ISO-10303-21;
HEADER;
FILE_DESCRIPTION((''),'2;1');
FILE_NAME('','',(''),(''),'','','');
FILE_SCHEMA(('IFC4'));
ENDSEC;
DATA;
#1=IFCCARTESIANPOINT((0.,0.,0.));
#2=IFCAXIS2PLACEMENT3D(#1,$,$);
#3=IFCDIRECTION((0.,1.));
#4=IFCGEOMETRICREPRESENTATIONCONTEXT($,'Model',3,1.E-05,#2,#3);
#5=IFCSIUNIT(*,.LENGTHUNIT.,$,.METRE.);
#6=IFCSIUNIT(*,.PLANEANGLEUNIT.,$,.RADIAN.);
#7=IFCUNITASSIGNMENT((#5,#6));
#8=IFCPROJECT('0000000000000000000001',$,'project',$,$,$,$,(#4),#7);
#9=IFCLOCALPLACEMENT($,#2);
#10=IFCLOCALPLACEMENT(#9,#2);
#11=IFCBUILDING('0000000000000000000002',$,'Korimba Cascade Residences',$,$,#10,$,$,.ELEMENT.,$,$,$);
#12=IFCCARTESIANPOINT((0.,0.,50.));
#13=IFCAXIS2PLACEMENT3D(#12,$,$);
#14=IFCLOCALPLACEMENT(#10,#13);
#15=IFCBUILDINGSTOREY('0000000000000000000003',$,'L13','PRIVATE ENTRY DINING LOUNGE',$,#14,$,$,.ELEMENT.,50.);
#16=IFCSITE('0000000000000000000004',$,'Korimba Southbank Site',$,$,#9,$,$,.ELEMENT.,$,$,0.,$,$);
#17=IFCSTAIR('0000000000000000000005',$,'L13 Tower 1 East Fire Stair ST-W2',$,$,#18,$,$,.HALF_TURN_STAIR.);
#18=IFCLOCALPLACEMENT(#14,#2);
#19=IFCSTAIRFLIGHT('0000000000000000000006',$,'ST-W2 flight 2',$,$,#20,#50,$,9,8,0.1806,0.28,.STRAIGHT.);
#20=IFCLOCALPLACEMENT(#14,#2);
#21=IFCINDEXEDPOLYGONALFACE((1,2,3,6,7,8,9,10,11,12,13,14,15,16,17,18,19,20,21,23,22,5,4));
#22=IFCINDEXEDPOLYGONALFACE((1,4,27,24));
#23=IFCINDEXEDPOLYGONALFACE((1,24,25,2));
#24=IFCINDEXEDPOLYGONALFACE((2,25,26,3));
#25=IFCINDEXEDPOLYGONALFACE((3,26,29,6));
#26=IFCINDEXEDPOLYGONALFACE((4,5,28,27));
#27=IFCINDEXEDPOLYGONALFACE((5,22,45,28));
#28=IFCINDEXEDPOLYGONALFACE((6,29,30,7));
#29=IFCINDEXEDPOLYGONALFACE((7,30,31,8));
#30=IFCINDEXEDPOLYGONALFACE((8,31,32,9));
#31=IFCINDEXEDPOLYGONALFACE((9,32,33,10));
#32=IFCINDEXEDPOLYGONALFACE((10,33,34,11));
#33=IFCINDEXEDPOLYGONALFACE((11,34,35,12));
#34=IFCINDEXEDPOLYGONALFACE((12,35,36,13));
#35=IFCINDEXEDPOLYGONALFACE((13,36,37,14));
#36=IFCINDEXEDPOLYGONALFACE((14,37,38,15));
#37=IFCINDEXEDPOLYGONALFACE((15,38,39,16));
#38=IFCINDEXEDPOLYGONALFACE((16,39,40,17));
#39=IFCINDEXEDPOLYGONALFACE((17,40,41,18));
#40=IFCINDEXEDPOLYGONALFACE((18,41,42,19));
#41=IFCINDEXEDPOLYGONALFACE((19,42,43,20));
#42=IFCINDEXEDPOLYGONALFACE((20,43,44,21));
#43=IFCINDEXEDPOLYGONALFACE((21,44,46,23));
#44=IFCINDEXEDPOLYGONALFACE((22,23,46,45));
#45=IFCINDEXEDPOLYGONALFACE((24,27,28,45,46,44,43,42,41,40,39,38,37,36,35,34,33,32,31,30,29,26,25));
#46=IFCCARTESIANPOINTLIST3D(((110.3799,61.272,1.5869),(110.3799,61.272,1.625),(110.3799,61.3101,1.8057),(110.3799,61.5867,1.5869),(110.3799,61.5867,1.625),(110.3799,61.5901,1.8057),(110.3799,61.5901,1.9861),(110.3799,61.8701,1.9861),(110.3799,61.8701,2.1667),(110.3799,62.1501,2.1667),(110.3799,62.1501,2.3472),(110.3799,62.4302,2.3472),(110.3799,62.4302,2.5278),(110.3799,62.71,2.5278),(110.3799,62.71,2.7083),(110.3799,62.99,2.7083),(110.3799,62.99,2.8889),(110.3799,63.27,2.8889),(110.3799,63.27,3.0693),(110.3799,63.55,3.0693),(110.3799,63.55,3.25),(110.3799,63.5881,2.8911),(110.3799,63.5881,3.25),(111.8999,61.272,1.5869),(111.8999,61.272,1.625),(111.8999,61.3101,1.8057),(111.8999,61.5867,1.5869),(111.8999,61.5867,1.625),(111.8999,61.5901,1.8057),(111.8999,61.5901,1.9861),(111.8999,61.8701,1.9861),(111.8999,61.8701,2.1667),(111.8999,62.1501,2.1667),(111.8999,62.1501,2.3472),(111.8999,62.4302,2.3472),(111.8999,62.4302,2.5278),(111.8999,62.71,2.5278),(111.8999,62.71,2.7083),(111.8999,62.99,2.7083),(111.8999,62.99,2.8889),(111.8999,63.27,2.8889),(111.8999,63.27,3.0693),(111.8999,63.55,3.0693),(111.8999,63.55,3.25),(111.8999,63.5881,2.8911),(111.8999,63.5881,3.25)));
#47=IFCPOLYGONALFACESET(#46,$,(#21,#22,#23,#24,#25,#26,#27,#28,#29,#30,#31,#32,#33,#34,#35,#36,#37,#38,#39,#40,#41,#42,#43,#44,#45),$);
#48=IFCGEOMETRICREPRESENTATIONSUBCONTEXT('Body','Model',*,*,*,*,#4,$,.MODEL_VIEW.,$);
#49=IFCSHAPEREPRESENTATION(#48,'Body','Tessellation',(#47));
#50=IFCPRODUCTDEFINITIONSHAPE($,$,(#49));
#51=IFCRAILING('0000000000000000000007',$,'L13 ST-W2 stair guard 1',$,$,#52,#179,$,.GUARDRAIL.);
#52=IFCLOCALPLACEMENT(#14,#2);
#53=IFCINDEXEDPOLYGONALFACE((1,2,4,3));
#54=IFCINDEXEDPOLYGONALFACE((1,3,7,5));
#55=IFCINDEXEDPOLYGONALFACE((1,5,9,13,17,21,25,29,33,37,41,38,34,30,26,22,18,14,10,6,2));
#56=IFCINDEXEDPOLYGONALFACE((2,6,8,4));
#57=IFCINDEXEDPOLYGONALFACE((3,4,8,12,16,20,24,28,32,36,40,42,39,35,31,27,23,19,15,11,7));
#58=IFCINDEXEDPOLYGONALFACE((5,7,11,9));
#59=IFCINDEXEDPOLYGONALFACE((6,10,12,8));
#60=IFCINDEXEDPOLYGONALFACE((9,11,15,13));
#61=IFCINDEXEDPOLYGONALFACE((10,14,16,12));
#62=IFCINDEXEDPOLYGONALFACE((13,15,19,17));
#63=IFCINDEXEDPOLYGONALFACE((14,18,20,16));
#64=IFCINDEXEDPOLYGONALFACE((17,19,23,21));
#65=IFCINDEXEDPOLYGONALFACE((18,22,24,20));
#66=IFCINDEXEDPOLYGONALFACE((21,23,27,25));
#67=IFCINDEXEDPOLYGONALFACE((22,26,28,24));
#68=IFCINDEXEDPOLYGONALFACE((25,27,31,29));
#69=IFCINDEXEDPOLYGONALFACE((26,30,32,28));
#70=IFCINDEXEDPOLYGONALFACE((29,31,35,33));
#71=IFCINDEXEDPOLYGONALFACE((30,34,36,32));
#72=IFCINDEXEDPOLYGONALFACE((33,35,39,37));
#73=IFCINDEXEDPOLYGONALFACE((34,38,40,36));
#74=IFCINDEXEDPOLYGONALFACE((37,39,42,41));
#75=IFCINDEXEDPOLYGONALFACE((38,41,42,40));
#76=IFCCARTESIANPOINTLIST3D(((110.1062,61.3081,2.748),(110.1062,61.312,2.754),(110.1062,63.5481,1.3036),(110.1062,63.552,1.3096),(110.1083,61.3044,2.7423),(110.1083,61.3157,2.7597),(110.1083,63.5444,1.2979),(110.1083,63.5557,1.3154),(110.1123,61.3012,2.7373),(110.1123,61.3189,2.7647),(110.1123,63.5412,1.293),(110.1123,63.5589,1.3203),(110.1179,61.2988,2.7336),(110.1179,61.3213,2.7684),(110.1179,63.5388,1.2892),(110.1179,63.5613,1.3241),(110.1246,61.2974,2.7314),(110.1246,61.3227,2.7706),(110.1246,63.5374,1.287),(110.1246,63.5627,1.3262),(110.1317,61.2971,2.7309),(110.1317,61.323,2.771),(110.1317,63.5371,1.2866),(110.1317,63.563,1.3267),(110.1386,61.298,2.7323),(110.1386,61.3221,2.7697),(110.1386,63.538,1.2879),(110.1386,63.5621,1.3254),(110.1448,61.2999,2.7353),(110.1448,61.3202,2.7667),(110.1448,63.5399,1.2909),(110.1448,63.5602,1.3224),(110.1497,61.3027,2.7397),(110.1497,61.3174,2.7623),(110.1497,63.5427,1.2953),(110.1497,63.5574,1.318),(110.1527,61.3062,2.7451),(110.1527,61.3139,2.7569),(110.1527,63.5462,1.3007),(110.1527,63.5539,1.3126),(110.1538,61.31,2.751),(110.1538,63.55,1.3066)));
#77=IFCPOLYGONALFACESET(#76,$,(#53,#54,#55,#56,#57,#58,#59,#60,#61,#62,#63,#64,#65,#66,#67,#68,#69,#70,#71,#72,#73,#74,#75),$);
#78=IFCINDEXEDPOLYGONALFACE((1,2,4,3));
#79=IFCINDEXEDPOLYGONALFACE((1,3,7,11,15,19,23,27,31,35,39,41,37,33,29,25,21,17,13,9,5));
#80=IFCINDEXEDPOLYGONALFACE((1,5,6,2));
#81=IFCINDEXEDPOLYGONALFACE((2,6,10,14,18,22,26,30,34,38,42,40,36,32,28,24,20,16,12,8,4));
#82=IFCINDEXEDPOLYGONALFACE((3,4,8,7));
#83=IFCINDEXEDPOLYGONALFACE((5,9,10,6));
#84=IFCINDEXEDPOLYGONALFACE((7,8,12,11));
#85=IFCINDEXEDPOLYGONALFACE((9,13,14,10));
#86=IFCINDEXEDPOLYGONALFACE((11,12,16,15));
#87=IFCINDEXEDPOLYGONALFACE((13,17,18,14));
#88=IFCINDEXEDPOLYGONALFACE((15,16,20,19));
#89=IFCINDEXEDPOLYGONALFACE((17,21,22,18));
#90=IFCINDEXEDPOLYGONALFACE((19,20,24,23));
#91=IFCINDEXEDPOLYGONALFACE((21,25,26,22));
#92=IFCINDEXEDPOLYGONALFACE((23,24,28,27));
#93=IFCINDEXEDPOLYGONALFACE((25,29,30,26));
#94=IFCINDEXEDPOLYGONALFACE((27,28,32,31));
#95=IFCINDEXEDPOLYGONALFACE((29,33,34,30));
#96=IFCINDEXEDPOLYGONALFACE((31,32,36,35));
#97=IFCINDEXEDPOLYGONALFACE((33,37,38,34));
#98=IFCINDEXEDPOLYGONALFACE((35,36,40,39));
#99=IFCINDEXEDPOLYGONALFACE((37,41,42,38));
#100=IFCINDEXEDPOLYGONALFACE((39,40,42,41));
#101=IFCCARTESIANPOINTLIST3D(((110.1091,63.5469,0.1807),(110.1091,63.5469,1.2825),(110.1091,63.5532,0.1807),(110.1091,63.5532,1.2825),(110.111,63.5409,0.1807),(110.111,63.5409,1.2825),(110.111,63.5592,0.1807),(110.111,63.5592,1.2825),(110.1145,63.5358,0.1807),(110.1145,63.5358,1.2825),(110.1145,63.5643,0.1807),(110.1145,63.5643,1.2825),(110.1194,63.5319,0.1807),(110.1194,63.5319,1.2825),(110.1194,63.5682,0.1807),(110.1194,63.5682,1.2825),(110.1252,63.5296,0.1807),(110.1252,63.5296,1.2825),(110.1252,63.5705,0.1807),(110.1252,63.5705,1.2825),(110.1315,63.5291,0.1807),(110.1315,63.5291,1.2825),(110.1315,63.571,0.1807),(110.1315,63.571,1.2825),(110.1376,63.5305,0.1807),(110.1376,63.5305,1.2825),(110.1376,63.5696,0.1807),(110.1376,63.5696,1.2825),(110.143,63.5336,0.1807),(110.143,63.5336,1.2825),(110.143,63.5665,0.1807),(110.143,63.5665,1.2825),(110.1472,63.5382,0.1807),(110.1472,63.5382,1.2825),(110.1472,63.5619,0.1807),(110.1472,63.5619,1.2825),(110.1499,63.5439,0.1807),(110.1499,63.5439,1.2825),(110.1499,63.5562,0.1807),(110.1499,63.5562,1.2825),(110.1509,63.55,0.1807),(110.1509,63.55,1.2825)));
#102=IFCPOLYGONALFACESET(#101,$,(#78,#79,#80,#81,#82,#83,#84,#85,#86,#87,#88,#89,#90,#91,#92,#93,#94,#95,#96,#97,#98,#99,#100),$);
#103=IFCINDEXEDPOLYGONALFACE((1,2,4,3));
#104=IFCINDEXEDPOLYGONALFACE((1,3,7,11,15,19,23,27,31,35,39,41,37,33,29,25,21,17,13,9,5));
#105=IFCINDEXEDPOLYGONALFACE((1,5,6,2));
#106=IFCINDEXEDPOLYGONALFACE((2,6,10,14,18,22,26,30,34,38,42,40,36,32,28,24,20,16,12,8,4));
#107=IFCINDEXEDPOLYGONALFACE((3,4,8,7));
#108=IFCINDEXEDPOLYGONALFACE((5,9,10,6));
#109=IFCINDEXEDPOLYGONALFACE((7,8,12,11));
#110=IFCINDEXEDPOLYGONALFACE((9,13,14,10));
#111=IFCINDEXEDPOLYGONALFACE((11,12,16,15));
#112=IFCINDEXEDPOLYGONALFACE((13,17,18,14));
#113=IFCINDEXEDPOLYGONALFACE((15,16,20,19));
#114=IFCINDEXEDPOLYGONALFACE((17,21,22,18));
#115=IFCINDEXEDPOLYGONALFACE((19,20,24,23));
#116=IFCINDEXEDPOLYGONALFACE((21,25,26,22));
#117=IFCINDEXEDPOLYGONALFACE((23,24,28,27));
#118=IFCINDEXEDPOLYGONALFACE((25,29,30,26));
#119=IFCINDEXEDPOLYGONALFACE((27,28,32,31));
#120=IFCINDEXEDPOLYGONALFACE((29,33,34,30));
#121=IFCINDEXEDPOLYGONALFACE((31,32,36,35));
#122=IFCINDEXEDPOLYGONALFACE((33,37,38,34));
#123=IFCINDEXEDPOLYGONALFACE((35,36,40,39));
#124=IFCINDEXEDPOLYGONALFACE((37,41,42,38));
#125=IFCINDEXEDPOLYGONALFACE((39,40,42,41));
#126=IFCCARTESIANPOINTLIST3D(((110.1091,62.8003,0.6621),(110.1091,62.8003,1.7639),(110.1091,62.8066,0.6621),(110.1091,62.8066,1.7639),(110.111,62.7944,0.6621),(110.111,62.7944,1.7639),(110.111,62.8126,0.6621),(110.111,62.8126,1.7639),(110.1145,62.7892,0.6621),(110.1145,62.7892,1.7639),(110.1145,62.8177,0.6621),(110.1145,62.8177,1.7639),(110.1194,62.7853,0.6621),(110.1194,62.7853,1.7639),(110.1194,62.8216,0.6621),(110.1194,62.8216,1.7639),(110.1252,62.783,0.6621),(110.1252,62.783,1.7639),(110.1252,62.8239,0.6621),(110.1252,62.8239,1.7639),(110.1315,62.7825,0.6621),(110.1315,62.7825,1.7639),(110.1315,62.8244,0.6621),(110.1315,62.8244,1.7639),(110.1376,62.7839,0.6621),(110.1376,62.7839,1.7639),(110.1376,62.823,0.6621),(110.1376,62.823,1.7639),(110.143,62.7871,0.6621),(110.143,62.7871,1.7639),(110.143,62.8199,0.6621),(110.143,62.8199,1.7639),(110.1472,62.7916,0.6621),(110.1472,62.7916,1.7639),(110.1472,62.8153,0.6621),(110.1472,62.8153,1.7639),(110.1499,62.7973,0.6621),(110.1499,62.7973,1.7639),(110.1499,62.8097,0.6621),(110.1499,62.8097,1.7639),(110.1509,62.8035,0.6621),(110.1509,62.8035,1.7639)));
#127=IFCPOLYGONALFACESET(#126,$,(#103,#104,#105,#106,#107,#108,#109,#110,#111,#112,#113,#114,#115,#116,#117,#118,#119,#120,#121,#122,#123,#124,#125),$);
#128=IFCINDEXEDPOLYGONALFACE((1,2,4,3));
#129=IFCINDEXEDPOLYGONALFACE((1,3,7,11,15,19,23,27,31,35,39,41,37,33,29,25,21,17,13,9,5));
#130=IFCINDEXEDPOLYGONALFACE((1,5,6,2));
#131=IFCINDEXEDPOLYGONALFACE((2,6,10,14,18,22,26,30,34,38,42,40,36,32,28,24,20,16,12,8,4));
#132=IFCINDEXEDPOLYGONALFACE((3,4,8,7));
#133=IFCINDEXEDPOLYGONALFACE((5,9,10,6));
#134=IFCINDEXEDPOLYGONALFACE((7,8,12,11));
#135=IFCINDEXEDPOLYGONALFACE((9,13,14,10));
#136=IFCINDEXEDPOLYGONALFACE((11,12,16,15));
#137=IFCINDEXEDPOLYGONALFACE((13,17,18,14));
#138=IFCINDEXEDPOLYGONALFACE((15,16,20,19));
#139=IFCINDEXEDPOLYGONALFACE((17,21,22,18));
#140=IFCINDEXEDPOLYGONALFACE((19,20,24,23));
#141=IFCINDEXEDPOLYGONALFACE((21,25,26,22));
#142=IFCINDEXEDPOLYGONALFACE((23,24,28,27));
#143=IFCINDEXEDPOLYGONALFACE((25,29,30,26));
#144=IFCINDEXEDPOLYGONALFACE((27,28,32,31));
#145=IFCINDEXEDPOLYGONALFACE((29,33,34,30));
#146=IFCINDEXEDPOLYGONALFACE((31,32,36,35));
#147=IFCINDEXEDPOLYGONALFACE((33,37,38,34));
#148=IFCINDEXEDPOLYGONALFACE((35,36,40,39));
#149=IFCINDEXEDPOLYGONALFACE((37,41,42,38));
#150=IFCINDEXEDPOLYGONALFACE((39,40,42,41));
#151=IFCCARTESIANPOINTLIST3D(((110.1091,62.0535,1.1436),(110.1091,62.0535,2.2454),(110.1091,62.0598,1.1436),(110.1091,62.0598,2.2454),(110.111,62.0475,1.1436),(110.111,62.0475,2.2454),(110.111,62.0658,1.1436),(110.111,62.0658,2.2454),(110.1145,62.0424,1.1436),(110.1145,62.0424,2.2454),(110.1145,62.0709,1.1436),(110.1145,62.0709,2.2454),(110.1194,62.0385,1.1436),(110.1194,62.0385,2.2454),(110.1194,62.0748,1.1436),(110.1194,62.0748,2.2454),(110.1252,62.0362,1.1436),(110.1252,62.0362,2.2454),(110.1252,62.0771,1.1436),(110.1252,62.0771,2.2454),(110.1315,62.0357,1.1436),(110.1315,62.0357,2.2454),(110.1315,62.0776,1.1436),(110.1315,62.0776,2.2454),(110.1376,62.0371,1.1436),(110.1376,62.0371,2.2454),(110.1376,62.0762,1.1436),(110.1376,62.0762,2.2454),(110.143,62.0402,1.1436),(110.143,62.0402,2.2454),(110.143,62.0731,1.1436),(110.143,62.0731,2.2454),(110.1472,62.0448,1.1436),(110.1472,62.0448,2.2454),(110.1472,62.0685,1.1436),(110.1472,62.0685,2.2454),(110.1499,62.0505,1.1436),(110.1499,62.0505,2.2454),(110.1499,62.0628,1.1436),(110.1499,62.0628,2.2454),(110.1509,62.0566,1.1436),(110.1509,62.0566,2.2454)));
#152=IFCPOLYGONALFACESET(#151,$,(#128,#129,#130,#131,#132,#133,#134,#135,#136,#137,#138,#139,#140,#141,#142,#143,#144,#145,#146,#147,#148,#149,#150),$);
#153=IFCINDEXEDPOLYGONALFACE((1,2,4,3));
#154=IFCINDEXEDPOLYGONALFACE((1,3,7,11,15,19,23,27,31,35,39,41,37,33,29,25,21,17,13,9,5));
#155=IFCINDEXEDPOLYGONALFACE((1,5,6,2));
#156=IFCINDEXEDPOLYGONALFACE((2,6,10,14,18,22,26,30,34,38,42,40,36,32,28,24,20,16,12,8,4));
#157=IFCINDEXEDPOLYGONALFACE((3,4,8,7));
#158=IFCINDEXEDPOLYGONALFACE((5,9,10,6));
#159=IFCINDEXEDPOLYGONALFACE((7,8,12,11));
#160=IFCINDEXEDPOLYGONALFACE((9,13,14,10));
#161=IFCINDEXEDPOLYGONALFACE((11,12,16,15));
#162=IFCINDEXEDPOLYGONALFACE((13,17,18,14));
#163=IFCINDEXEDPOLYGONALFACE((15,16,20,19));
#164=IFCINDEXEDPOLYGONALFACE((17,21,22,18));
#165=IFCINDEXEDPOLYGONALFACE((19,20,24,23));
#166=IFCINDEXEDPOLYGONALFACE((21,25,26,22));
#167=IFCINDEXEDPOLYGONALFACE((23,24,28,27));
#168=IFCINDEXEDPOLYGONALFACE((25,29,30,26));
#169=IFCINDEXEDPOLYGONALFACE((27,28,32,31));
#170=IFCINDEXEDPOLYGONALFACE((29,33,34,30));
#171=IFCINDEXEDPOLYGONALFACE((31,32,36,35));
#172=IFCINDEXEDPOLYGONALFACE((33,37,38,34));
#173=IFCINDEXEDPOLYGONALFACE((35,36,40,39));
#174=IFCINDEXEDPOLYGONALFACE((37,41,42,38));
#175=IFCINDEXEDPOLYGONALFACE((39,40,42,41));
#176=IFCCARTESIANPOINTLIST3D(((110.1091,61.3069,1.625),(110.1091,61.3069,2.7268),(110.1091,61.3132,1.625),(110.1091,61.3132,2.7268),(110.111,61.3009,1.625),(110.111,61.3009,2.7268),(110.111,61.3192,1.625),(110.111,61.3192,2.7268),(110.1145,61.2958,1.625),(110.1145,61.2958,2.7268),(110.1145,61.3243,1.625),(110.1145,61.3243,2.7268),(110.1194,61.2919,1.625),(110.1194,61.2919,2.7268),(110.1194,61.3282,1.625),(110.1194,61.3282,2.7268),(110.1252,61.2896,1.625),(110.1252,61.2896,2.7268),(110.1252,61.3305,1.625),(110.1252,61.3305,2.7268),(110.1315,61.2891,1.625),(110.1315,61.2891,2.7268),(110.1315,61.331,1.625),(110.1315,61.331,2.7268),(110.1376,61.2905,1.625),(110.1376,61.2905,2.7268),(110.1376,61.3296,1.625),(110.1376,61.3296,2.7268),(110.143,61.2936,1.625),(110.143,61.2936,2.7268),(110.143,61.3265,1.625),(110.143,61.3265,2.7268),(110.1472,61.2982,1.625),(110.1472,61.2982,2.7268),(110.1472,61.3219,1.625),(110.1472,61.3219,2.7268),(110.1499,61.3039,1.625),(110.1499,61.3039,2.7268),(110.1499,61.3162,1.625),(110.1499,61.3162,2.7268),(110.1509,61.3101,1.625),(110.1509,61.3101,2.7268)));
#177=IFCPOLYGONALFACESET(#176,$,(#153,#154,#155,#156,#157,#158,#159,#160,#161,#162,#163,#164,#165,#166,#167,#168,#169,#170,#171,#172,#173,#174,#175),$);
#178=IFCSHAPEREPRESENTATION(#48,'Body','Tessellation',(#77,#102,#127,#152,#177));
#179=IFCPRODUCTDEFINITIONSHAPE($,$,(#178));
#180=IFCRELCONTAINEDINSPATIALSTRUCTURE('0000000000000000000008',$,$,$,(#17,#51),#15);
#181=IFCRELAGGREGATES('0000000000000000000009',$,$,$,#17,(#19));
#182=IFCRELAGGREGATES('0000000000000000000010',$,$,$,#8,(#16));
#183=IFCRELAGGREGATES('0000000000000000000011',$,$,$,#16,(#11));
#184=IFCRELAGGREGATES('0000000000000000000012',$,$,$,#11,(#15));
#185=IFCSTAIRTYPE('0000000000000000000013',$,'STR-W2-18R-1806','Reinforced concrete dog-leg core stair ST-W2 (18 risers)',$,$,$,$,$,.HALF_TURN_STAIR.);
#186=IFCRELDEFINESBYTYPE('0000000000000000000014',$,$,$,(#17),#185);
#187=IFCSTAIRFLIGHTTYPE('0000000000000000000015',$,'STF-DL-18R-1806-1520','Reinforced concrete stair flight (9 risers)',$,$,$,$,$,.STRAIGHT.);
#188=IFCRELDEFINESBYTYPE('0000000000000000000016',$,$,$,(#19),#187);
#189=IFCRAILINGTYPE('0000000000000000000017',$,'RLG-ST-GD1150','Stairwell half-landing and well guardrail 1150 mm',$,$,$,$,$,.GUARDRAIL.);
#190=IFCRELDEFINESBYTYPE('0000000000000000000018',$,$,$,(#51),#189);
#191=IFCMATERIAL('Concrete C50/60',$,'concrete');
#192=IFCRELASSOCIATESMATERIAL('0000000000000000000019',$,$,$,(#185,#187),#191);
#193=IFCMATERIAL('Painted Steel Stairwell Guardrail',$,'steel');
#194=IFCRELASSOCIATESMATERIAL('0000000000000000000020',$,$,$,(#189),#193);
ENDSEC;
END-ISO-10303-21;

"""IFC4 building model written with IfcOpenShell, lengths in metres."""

from ifc_helpers import new_model, si_unit, direction, frame, origin, origin_2d, place, context, subcontext, project, spatial, polyline, circle, outline, extrude, material, type_object, element, aggregate, save


model = new_model("IFC4")

# Units and contexts
model_context = context("Model", 3, precision=1e-05, world=origin(), true_north=direction((0.0, 1.0)))
body_context = subcontext(model_context, "Body", "Model", "MODEL_VIEW")
ifc_project = project(units=[si_unit("LENGTHUNIT", "METRE"), si_unit("PLANEANGLEUNIT", "RADIAN")], contexts=[model_context])

# Site, building, storey
site_placement = place(None, origin())
site = spatial("IfcSite", under=ifc_project, at=site_placement, Name="Korimba Southbank Site", CompositionType="ELEMENT", RefElevation=0.0)
building_placement = place(site_placement, origin())
building = spatial("IfcBuilding", under=site, at=building_placement, Name="Korimba Cascade Residences", CompositionType="ELEMENT")
storey_placement = place(building_placement, frame((0.0, 0.0, 50.0)))
storey = spatial("IfcBuildingStorey", under=building, at=storey_placement, Name="L13", Description="PRIVATE ENTRY DINING LOUNGE", CompositionType="ELEMENT", Elevation=50.0)

# Shared definitions
ifc_material_1 = material(Name="Concrete C50/60", Category="concrete")

# Stair, stair flight
stair_type = type_object("IfcStairType", Name="STR-W2-18R-1806", Description="Reinforced concrete dog-leg core stair ST-W2 (18 risers)", PredefinedType="HALF_TURN_STAIR", material=ifc_material_1)
stair_placement = place(storey_placement, origin())
stair = element("IfcStair", 1, at=stair_placement, inside=storey, type_object=stair_type, Name="L13 Tower 1 East Fire Stair ST-W2", PredefinedType="HALF_TURN_STAIR")
stair_flight_type = type_object("IfcStairFlightType", Name="STF-DL-18R-1806-1520", Description="Reinforced concrete stair flight (9 risers)", PredefinedType="STRAIGHT", material=ifc_material_1)
stair_flight_1_placement = place(storey_placement, frame((111.1399, 61.3101, 1.625), z_axis=(0.0, 0.0, 1.0), x_axis=(0.0, 1.0, 0.0)))
stair_flight_1 = element("IfcStairFlight", 2, at=stair_flight_1_placement, type_object=stair_flight_type, Name="ST-W2 flight 2", NumberOfRisers=9, NumberOfTreads=8, PredefinedType="STRAIGHT", RiserHeight=0.1806, TreadLength=0.28, context=body_context, shape_type="SweptSolid", body=[
    extrude(outline(polyline([(-0.0381, 0.0), (0.0, 0.1807), (0.28, 0.1807), (0.28, 0.3611), (0.5601, 0.3611), (0.5601, 0.5417), (0.8401, 0.5417), (0.8401, 0.7222), (1.1201, 0.7222), (1.1201, 0.9028), (1.3999, 0.9028), (1.3999, 1.0833), (1.6799, 1.0833), (1.6799, 1.2639), (1.96, 1.2639), (1.96, 1.4443), (2.24, 1.4443), (2.24, 1.625), (2.2781, 1.625), (2.2781, 1.2661), (0.2766, 0.0), (0.2766, -0.0381), (-0.0381, -0.0381), (-0.0381, 0.0)])), frame((0.0, 0.76, 0.0), z_axis=(0.0, -1.0, 0.0), x_axis=(1.0, 0.0, 0.0)), (0.0, 0.0, 1.0), 1.52),
])
aggregate(stair, [stair_flight_1])

# Railing
ifc_material_2 = material(Name="Painted Steel Stairwell Guardrail", Category="steel")
railing_type_1 = type_object("IfcRailingType", Name="RLG-ST-GD1150", Description="Stairwell half-landing and well guardrail 1150 mm", PredefinedType="GUARDRAIL", material=ifc_material_2)
railing_1_placement = place(storey_placement, frame((110.1299, 63.55, 0.1807)))
element("IfcRailing", 3, at=railing_1_placement, inside=storey, type_object=railing_type_1, Name="L13 ST-W2 stair guard 1", PredefinedType="GUARDRAIL", context=body_context, shape_type="SweptSolid", body=[
    extrude(circle(Radius=0.0239, at=origin_2d()), frame((0.0, 0.0, 1.126), z_axis=(0.0, -0.840437, 0.54191), x_axis=(1.0, 0.0, 0.0)), (0.0, 0.0, 1.0), 2.6653),
    extrude(circle(Radius=0.021, at=origin_2d()), origin(), (0.0, 0.0, 1.0), 1.1018),
    extrude(circle(Radius=0.021, at=origin_2d()), frame((0.0, -0.7466, 0.4814)), (0.0, 0.0, 1.0), 1.1018),
    extrude(circle(Radius=0.021, at=origin_2d()), frame((0.0, -1.4934, 0.9629)), (0.0, 0.0, 1.0), 1.1018),
    extrude(circle(Radius=0.021, at=origin_2d()), frame((0.0, -2.24, 1.4443)), (0.0, 0.0, 1.0), 1.1018),
])

save(model, "model.ifc")
